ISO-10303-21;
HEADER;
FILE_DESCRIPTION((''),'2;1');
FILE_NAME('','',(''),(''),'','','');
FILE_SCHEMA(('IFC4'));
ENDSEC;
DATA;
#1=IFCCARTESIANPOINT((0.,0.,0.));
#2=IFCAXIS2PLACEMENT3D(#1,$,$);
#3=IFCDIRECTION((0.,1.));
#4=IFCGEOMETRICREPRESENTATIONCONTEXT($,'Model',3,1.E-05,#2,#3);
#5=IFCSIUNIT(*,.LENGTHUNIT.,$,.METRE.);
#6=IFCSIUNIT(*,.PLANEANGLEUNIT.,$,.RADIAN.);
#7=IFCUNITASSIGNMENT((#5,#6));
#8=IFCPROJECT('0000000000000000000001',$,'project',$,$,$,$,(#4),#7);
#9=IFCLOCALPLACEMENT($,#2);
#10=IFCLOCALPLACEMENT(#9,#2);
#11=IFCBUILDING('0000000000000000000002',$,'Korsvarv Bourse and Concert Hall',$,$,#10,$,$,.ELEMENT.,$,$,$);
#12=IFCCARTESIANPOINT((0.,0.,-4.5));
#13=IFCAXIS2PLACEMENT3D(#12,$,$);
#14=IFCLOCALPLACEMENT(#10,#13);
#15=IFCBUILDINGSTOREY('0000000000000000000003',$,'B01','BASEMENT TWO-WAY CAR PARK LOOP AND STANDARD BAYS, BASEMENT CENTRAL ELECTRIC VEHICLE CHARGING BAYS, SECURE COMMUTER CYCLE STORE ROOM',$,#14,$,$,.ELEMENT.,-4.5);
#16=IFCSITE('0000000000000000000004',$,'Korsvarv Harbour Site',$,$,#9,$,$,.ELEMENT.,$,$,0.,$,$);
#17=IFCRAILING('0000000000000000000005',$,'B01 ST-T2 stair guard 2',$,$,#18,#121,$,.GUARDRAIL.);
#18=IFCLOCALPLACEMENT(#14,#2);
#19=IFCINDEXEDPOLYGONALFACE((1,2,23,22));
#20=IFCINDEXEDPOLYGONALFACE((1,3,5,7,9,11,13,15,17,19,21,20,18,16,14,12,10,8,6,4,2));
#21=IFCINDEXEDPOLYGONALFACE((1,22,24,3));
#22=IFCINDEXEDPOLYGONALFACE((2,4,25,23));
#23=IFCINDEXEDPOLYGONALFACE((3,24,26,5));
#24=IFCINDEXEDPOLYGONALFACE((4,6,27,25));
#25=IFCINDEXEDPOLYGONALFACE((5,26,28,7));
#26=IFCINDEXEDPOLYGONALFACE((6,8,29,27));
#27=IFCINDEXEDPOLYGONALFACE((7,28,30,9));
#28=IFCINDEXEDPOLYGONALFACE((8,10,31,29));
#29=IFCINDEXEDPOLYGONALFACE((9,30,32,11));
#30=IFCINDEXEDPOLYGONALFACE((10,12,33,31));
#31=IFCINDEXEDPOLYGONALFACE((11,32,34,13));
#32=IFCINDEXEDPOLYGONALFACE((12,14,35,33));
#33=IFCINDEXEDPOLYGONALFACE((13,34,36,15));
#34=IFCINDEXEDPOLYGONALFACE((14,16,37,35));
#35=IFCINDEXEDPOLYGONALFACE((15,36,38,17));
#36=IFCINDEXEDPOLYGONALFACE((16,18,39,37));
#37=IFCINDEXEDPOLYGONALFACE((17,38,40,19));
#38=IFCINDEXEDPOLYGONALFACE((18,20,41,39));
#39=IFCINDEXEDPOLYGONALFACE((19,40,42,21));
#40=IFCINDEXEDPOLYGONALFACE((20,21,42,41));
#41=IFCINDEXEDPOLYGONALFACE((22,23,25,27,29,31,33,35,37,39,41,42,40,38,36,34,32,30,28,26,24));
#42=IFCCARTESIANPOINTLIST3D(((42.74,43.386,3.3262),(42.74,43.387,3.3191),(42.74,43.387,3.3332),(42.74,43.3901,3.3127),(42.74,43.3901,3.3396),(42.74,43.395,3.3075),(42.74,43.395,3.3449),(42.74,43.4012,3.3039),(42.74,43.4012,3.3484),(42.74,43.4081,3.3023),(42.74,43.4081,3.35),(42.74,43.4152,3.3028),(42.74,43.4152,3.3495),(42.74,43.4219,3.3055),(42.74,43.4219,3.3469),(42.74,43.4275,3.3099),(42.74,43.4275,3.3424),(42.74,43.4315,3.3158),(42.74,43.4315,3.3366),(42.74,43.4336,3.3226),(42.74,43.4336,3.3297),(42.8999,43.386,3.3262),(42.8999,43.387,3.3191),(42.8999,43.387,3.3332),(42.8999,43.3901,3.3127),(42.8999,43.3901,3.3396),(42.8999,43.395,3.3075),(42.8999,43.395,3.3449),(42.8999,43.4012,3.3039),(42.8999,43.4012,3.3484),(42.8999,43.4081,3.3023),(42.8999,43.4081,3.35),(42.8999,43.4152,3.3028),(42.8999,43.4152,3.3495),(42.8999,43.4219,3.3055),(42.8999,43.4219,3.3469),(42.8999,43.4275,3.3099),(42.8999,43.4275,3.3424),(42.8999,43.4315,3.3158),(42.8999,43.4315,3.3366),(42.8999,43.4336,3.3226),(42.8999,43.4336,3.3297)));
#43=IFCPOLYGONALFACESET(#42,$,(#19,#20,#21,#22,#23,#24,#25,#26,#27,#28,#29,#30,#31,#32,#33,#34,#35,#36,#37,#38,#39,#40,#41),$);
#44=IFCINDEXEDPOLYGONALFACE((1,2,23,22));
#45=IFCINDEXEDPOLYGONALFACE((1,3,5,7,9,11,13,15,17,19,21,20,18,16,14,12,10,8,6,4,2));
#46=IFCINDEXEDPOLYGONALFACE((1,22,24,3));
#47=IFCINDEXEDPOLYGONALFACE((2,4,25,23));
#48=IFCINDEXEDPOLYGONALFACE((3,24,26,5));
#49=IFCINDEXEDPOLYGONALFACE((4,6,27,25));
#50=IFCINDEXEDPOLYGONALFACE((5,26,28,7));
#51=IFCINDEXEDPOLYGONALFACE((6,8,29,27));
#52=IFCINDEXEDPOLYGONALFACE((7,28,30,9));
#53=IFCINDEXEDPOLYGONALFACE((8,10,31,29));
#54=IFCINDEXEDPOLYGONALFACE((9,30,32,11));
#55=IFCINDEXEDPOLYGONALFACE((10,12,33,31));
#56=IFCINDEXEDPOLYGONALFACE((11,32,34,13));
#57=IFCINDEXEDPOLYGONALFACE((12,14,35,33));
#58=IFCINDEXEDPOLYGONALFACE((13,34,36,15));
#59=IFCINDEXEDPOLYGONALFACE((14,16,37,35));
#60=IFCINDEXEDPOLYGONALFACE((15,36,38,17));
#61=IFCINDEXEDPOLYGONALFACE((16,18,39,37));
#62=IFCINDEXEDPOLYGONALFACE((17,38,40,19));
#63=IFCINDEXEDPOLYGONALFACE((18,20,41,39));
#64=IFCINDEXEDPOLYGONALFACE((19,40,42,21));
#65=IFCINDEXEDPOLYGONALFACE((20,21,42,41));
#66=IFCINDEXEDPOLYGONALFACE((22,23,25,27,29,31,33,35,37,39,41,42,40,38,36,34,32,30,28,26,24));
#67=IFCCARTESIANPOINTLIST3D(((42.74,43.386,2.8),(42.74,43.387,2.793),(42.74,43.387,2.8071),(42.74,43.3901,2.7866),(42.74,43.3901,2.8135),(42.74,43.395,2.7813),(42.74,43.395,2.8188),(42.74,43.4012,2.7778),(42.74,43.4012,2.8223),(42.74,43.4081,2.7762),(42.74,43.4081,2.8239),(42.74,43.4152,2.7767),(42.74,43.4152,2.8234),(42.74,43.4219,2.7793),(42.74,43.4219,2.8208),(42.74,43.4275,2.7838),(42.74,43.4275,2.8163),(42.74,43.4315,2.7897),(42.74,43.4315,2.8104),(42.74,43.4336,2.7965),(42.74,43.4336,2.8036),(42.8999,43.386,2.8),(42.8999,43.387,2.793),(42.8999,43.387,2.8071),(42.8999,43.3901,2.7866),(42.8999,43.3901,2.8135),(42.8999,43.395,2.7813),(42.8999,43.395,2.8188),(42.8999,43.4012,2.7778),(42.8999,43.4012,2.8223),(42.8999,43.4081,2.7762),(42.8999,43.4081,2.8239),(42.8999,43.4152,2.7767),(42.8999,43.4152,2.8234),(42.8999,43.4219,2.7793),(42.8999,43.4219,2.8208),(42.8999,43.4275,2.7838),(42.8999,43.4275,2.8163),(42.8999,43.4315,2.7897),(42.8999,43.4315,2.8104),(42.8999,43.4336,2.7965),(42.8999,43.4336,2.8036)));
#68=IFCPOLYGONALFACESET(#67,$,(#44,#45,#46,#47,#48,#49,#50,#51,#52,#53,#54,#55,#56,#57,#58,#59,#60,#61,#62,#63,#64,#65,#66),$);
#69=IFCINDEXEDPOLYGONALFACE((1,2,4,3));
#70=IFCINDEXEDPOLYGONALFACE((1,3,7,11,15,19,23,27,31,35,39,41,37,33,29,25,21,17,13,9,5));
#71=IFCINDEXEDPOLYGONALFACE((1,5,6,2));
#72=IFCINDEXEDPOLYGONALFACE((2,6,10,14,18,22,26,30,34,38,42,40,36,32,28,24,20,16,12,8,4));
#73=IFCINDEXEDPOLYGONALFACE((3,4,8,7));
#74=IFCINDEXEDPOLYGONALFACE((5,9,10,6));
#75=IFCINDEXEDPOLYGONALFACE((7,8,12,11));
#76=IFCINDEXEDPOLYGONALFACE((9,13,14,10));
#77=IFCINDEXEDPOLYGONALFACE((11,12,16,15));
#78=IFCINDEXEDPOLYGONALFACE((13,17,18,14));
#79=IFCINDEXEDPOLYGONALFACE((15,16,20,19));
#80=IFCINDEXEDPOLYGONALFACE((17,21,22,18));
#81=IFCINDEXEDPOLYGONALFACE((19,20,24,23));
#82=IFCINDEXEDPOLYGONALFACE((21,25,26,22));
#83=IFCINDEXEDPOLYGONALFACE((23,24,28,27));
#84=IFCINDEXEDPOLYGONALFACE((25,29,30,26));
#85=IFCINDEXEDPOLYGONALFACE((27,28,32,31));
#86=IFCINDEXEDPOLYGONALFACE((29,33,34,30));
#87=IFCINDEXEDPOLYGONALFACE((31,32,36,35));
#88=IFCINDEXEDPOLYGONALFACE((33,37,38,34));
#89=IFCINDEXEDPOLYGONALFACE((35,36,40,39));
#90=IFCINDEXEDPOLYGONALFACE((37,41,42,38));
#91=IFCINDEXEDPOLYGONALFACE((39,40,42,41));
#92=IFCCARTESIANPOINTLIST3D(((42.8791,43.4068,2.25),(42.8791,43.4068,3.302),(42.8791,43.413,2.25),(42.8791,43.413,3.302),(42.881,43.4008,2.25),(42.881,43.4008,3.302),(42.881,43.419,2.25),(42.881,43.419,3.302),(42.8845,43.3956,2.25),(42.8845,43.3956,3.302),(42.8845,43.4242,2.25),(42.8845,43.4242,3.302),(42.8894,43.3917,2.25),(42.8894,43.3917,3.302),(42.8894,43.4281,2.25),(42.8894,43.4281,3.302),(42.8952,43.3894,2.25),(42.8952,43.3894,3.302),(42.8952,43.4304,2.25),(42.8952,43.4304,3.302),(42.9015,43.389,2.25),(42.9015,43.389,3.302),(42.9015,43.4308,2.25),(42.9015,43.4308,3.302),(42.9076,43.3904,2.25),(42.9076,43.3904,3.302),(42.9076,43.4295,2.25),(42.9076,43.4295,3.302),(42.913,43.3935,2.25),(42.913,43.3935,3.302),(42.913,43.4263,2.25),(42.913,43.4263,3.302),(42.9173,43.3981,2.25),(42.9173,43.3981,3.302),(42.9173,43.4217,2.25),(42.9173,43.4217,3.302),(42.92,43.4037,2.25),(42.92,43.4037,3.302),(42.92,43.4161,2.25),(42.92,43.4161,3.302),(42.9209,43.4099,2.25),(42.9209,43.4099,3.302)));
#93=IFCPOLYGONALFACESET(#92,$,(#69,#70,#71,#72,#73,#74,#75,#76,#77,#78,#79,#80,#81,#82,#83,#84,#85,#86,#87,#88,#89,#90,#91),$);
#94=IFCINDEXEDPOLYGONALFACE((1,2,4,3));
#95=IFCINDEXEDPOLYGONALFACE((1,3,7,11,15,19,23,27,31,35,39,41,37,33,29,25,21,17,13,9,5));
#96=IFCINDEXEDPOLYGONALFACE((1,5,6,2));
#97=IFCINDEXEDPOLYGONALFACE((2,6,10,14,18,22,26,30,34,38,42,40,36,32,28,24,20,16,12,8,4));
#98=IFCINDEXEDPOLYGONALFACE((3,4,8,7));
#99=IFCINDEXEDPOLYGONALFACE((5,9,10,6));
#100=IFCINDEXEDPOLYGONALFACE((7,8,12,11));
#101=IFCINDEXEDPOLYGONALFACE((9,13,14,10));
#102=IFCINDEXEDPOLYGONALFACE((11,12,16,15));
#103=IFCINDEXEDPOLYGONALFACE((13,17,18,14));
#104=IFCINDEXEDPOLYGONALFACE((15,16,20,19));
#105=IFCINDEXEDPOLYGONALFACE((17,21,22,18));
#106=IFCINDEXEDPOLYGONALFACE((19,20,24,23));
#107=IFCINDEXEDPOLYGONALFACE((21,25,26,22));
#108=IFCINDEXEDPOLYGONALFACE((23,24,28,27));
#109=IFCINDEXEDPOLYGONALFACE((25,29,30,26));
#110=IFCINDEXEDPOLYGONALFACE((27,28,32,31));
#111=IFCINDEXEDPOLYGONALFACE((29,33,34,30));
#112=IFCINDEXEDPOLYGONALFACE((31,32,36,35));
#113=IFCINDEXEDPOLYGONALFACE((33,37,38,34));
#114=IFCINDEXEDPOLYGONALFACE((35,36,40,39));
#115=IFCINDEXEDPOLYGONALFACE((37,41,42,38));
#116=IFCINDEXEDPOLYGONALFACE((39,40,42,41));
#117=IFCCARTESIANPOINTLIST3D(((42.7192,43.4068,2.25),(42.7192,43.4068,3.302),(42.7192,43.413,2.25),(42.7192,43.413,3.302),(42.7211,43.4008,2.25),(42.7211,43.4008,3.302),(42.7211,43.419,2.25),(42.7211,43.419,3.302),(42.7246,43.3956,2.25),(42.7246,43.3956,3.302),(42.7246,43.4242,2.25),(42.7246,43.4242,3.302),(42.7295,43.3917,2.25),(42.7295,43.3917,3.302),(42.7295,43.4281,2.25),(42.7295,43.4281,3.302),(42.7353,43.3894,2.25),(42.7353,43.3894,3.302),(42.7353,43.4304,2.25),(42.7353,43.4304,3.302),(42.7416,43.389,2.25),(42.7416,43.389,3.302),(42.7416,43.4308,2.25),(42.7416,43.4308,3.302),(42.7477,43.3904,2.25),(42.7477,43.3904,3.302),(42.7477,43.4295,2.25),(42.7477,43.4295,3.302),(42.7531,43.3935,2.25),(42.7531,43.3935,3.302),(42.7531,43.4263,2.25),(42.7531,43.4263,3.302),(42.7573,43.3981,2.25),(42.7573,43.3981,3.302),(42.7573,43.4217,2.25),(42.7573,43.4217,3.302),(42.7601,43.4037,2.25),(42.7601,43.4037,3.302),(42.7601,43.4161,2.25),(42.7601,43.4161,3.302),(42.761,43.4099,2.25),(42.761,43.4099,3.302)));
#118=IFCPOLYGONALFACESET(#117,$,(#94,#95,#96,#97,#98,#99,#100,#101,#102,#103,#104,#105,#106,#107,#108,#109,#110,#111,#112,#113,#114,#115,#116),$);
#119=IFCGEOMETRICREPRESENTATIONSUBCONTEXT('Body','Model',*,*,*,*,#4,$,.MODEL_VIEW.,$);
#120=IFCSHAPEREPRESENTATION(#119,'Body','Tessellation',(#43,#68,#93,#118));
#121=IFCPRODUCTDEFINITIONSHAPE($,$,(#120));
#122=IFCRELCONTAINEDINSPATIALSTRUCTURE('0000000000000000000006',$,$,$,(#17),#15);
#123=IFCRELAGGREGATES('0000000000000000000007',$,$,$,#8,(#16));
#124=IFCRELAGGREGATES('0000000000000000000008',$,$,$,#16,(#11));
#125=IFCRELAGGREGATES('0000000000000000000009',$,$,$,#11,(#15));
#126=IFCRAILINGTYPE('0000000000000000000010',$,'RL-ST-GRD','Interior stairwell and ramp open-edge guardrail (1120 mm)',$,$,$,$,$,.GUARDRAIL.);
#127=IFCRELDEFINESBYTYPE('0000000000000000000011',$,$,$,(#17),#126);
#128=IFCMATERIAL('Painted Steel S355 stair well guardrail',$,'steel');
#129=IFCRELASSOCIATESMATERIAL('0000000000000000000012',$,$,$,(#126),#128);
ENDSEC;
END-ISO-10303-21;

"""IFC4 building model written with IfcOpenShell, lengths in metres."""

from ifc_helpers import new_model, si_unit, direction, frame, origin, origin_2d, place, context, subcontext, project, spatial, circle, extrude, material, type_object, element, save


model = new_model("IFC4")

# Units and contexts
model_context = context("Model", 3, precision=1e-05, world=origin(), true_north=direction((0.0, 1.0)))
body_context = subcontext(model_context, "Body", "Model", "MODEL_VIEW")
ifc_project = project(units=[si_unit("LENGTHUNIT", "METRE"), si_unit("PLANEANGLEUNIT", "RADIAN")], contexts=[model_context])

# Site, building, storey
site_placement = place(None, origin())
site = spatial("IfcSite", under=ifc_project, at=site_placement, Name="Korsvarv Harbour Site", CompositionType="ELEMENT", RefElevation=0.0)
building_placement = place(site_placement, origin())
building = spatial("IfcBuilding", under=site, at=building_placement, Name="Korsvarv Bourse and Concert Hall", CompositionType="ELEMENT")
storey_placement = place(building_placement, frame((0.0, 0.0, -4.5)))
storey = spatial("IfcBuildingStorey", under=building, at=storey_placement, Name="B01", Description="BASEMENT TWO-WAY CAR PARK LOOP AND STANDARD BAYS, BASEMENT CENTRAL ELECTRIC VEHICLE CHARGING BAYS, SECURE COMMUTER CYCLE STORE ROOM", CompositionType="ELEMENT", Elevation=-4.5)

# Railing
ifc_material_1 = material(Name="Painted Steel S355 stair well guardrail", Category="steel")
railing_type_1 = type_object("IfcRailingType", Name="RL-ST-GRD", Description="Interior stairwell and ramp open-edge guardrail (1120 mm)", PredefinedType="GUARDRAIL", material=ifc_material_1)
railing_1_placement = place(storey_placement, frame((42.8999, 43.4099, 2.25)))
element("IfcRailing", 1, at=railing_1_placement, inside=storey, type_object=railing_type_1, Name="B01 ST-T2 stair guard 2", PredefinedType="GUARDRAIL", context=body_context, shape_type="SweptSolid", body=[
    extrude(circle(Radius=0.0239, at=origin_2d()), frame((0.0, 0.0, 1.0762), z_axis=(-1.0, 0.0, 0.0), x_axis=(0.0, -1.0, 0.0)), (0.0, 0.0, 1.0), 0.1599),
    extrude(circle(Radius=0.0239, at=origin_2d()), frame((0.0, 0.0, 0.55), z_axis=(-1.0, 0.0, 0.0), x_axis=(0.0, -1.0, 0.0)), (0.0, 0.0, 1.0), 0.1599),
    extrude(circle(Radius=0.021, at=origin_2d()), origin(), (0.0, 0.0, 1.0), 1.052),
    extrude(circle(Radius=0.021, at=origin_2d()), frame((-0.1599, 0.0, 0.0)), (0.0, 0.0, 1.0), 1.052),
])

save(model, "model.ifc")
